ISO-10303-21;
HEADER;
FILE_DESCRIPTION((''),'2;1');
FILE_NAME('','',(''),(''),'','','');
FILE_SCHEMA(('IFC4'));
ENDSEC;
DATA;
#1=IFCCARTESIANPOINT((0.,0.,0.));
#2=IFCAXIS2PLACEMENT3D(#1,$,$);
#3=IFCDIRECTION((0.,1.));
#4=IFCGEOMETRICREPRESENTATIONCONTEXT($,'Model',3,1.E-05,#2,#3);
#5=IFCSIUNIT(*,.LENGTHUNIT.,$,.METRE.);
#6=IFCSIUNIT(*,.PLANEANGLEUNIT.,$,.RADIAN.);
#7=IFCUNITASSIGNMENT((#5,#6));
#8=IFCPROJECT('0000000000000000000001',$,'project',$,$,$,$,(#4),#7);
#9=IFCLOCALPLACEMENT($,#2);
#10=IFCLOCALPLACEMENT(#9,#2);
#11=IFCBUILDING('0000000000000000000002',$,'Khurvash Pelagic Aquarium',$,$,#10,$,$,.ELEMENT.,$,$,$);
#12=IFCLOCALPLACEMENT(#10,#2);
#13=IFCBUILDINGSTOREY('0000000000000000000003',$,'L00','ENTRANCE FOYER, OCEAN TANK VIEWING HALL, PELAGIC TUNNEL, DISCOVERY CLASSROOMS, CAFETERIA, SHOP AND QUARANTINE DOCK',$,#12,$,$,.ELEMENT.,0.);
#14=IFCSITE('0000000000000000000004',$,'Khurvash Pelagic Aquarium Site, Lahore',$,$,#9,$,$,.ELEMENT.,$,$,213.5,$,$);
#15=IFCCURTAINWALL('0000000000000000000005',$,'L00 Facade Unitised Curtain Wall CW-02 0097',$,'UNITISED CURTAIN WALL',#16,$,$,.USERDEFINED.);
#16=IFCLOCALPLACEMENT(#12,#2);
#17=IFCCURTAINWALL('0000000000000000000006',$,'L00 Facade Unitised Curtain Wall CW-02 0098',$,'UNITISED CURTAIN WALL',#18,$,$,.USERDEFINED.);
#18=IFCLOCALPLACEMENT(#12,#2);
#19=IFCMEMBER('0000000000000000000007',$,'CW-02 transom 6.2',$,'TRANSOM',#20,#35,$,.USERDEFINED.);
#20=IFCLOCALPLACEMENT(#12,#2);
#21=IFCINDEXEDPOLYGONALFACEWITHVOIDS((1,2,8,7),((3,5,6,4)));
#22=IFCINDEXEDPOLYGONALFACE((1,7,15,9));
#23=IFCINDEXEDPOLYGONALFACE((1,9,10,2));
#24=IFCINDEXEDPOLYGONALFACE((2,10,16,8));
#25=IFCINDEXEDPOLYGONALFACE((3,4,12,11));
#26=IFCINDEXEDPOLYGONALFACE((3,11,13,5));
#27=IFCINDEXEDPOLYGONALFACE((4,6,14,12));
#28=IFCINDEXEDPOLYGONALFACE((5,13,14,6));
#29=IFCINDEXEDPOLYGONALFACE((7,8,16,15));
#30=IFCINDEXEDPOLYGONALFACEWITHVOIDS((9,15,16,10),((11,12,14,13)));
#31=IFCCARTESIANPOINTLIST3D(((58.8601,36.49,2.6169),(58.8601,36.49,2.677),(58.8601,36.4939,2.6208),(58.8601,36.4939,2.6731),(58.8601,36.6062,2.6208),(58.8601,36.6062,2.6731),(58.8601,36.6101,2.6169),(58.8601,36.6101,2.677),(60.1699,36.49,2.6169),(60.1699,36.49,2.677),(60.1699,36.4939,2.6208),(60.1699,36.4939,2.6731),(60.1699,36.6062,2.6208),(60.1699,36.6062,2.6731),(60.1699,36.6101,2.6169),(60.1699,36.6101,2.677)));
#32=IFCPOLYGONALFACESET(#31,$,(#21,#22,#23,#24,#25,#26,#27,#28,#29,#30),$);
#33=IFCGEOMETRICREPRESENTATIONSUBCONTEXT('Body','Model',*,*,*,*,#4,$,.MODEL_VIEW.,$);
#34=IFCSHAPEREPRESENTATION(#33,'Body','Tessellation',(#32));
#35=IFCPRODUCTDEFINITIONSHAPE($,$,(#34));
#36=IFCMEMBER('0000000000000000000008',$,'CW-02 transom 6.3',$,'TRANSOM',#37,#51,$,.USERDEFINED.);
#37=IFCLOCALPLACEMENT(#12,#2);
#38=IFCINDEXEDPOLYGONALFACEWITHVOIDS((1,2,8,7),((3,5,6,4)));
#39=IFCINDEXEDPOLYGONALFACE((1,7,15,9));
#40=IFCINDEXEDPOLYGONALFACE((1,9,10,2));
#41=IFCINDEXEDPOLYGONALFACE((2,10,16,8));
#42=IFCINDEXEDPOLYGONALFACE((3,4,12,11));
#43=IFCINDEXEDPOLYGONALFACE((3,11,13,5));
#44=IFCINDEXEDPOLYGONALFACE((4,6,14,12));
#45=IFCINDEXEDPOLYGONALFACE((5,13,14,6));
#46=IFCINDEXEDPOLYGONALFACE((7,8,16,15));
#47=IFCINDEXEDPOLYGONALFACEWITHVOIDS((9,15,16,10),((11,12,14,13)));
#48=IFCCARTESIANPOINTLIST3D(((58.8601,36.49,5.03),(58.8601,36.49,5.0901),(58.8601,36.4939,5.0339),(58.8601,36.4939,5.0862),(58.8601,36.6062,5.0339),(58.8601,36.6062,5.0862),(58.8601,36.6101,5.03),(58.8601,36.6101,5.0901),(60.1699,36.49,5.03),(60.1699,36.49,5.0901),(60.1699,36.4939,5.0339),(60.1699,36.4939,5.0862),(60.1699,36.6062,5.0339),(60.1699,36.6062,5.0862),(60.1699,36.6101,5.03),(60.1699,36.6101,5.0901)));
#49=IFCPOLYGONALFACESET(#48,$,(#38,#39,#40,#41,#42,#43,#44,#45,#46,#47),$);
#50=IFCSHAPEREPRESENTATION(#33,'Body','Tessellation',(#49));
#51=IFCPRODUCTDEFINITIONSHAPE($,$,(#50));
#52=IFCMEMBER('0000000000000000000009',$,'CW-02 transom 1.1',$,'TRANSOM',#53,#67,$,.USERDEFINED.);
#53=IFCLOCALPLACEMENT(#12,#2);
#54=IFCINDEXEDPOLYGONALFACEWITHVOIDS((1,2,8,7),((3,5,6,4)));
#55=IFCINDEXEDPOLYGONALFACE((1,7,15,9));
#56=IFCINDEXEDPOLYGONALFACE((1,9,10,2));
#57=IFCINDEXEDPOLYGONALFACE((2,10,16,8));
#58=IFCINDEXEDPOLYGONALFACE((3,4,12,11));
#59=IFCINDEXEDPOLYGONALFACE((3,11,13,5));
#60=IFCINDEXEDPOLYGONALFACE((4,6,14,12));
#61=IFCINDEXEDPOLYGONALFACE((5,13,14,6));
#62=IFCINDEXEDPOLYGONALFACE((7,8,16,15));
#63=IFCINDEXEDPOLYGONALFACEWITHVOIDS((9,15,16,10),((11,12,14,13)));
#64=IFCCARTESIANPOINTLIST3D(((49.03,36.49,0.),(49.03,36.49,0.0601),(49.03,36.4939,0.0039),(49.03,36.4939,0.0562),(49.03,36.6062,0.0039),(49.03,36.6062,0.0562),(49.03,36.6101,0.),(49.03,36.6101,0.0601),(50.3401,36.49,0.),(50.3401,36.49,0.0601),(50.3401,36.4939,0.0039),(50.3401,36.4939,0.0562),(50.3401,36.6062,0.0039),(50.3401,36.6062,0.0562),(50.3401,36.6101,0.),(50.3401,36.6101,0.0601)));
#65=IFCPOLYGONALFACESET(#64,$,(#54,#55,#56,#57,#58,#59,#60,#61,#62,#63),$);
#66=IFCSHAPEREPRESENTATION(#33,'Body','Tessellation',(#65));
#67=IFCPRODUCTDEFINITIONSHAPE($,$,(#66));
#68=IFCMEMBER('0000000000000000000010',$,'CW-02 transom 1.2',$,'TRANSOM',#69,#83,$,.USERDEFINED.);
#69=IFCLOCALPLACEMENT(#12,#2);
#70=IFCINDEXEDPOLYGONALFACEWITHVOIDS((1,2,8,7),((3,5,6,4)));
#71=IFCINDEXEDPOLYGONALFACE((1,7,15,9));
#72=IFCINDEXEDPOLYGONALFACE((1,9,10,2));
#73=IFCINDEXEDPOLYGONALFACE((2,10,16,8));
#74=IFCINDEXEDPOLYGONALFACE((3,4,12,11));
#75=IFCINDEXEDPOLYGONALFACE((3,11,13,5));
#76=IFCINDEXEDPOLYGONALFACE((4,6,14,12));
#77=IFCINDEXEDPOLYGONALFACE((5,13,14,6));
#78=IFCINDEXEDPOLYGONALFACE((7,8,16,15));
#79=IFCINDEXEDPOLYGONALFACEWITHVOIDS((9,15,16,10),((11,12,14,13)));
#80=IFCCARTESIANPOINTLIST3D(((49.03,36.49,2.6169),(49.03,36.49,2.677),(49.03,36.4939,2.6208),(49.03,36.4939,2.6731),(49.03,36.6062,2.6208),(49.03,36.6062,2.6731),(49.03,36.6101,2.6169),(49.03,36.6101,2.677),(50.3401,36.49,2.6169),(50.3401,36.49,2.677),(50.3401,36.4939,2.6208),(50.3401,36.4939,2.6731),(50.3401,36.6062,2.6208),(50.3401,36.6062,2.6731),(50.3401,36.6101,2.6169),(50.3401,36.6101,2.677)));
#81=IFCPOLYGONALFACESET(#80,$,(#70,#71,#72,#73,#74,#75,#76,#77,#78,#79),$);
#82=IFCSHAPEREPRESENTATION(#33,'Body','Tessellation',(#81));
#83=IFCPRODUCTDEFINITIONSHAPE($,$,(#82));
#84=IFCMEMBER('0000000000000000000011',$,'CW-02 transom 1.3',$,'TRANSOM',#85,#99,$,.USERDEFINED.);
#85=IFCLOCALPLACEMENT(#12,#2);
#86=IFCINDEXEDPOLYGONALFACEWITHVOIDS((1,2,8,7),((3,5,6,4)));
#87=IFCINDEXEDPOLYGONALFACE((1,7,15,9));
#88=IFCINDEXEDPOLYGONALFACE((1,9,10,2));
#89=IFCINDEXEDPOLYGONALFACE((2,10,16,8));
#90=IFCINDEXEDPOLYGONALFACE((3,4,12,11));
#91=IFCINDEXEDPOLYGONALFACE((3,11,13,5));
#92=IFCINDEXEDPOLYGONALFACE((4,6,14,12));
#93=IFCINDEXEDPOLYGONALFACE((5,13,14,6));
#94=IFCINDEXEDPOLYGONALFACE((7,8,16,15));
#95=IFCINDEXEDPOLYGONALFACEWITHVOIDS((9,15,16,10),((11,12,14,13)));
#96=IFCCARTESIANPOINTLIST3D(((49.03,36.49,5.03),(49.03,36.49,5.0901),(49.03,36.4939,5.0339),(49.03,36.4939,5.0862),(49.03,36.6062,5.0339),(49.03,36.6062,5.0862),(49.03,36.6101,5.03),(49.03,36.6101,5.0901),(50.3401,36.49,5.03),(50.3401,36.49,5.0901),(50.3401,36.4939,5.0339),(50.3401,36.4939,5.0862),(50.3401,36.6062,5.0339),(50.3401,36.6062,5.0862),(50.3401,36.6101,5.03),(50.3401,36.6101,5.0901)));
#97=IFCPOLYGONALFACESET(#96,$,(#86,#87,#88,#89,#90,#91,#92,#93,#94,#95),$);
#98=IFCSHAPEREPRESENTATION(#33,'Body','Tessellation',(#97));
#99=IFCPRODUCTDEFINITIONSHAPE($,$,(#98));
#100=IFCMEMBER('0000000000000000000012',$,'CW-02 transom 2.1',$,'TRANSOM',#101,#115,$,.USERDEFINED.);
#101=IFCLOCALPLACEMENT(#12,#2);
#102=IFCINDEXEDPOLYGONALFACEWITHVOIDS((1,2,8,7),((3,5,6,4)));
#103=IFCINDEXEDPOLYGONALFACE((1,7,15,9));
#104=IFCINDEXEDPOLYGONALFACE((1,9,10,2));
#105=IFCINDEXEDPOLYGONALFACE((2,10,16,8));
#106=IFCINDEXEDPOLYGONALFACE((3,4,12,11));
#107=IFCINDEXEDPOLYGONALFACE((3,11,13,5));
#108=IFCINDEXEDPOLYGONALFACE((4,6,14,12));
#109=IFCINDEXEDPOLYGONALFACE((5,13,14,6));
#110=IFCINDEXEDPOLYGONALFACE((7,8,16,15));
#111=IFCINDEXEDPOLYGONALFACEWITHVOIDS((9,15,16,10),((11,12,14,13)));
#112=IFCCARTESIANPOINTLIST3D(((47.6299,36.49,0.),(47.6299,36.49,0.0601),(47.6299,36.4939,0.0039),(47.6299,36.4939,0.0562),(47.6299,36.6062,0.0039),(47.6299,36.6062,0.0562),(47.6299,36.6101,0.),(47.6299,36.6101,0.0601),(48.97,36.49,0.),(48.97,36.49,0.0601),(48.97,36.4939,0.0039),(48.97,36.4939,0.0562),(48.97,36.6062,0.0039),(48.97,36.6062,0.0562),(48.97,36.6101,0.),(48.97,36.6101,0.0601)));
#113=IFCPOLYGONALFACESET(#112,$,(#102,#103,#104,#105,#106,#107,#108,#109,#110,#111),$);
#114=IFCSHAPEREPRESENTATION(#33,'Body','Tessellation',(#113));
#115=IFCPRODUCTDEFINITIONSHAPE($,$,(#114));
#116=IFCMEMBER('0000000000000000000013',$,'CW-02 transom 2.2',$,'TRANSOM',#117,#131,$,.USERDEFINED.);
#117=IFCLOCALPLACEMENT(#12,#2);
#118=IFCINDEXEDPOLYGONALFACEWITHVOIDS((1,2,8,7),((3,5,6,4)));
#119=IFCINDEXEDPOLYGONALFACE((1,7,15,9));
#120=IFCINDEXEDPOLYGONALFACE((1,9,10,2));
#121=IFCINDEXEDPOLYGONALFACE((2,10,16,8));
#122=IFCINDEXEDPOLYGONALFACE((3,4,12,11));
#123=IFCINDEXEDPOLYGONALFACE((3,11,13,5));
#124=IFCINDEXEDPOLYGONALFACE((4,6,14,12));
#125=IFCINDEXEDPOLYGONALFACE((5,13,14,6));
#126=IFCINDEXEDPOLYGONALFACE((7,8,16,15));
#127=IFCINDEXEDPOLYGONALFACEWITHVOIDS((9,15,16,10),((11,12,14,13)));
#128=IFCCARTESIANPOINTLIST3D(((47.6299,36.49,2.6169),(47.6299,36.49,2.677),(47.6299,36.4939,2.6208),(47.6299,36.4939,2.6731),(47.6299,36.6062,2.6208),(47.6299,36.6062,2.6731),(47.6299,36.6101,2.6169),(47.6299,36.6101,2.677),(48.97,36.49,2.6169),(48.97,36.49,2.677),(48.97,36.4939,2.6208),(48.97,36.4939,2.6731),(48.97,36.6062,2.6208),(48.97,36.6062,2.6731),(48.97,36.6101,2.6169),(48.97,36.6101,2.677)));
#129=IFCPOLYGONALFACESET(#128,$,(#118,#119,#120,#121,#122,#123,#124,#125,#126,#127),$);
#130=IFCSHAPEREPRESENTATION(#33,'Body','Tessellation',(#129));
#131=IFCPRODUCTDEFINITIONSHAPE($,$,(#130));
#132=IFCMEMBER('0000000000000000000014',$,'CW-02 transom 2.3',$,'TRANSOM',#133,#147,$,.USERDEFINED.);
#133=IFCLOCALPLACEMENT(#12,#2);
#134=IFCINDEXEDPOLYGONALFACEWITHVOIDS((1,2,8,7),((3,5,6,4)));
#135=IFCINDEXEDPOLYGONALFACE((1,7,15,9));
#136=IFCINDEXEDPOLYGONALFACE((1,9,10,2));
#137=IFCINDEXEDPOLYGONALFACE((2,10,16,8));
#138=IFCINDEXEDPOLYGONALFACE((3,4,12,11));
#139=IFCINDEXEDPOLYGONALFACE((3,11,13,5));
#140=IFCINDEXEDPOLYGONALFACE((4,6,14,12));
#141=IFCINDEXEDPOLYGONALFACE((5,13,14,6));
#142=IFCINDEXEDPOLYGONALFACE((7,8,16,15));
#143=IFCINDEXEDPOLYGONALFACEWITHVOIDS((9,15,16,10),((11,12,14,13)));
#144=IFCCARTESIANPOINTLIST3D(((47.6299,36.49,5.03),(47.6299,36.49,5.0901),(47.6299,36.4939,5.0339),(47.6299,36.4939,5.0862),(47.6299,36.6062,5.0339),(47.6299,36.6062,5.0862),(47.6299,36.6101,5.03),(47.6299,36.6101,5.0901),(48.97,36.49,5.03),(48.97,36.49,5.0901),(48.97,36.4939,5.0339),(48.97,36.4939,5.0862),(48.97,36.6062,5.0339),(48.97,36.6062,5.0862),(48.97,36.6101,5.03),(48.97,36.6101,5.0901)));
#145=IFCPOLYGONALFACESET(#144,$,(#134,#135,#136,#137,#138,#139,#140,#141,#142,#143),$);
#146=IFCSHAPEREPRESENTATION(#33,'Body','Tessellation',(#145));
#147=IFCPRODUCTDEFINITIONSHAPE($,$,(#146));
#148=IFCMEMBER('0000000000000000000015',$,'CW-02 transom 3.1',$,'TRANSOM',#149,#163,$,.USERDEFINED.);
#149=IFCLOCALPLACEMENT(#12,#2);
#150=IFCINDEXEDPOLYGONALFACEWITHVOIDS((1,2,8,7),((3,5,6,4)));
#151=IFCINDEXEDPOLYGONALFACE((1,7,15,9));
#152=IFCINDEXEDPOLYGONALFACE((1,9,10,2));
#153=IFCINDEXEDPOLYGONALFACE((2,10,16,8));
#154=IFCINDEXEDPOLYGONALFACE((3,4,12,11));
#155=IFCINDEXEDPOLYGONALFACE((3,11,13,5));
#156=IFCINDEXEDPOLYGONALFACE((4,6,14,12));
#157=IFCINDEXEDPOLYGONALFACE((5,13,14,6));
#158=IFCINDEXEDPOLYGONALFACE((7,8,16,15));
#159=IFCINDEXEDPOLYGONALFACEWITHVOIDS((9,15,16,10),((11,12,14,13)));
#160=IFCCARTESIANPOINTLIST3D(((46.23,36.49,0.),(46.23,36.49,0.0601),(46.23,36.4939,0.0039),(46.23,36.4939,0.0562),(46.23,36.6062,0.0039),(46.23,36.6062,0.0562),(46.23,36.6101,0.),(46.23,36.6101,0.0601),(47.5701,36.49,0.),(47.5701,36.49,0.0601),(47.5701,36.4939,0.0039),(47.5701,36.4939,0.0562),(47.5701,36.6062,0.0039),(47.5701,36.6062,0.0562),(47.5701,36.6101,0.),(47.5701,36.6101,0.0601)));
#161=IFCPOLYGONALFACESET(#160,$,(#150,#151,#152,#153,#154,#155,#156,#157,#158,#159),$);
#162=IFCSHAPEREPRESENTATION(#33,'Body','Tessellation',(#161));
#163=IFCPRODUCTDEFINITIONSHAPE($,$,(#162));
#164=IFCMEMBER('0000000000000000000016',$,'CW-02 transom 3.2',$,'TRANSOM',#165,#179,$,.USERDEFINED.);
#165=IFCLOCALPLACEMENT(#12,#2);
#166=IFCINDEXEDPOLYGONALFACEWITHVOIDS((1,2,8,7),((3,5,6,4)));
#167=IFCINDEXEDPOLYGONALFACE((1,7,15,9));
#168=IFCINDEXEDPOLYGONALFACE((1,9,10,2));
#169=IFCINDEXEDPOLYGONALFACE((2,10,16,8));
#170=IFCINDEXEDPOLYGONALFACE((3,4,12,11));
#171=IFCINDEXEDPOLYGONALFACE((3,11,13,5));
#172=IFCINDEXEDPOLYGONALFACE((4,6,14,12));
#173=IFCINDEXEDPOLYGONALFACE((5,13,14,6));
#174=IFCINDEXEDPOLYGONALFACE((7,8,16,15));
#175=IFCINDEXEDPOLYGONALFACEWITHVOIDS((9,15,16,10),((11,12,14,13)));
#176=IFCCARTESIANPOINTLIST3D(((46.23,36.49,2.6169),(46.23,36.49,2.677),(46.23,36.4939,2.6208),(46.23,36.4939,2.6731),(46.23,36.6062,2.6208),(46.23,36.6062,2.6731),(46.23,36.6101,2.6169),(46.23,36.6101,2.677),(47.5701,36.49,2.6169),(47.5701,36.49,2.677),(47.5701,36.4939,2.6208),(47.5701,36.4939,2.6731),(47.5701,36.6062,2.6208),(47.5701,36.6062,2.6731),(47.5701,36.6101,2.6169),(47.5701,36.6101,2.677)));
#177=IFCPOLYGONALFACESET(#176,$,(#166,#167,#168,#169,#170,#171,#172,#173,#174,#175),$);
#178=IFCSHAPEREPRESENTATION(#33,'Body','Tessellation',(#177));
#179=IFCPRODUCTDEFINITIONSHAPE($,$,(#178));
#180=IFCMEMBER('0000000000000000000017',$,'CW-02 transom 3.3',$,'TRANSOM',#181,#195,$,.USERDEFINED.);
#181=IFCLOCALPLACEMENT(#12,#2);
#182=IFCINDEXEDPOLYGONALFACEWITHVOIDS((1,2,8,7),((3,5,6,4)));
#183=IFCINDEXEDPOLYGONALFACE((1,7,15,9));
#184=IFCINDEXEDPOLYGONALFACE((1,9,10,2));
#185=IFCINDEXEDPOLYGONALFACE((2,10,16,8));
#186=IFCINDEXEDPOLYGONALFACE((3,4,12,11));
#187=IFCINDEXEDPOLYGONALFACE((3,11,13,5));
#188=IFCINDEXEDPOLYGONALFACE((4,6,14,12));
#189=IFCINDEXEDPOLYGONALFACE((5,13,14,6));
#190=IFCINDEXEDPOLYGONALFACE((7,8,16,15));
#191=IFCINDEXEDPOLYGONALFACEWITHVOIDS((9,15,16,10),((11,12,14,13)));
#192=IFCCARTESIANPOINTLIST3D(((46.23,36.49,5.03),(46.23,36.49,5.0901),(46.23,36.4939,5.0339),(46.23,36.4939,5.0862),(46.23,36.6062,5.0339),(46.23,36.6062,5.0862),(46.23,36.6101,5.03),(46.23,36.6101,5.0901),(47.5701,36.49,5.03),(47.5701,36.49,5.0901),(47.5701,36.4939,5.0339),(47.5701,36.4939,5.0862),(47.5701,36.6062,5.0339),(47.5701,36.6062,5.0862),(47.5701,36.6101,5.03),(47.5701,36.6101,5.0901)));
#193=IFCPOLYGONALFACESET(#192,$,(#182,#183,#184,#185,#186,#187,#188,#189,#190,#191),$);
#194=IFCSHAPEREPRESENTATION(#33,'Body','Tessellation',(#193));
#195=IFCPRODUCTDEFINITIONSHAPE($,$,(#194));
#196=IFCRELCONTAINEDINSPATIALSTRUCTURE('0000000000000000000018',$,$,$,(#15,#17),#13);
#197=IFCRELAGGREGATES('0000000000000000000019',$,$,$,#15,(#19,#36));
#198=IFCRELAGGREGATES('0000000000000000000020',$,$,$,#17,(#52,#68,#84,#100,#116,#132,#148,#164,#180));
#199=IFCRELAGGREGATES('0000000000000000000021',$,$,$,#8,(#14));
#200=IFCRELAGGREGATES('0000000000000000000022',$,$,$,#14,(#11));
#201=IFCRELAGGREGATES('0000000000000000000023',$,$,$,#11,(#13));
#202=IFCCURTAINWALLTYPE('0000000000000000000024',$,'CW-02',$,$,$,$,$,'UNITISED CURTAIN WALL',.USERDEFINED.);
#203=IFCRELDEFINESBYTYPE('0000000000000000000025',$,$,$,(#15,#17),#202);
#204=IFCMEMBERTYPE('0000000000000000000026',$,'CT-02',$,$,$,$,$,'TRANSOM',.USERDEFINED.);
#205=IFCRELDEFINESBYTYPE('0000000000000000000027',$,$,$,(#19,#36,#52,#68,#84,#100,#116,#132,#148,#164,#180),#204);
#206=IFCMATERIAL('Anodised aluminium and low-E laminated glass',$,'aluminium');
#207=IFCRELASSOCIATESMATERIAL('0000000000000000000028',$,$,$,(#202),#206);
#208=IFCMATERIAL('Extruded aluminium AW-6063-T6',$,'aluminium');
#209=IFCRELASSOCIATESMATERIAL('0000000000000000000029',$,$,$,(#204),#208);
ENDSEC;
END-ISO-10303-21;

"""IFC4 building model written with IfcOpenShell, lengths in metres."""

from ifc_helpers import new_model, si_unit, direction, frame, origin, origin_2d, place, context, subcontext, project, spatial, hollow_rectangle, extrude, material, material_profile, profile_set, type_object, element, aggregate, save


model = new_model("IFC4")

# Units and contexts
model_context = context("Model", 3, precision=1e-05, world=origin(), true_north=direction((0.0, 1.0)))
body_context = subcontext(model_context, "Body", "Model", "MODEL_VIEW")
ifc_project = project(units=[si_unit("LENGTHUNIT", "METRE"), si_unit("PLANEANGLEUNIT", "RADIAN")], contexts=[model_context])

# Site, building, storey
site_placement = place(None, origin())
site = spatial("IfcSite", under=ifc_project, at=site_placement, Name="Khurvash Pelagic Aquarium Site, Lahore", CompositionType="ELEMENT", RefElevation=213.5)
building_placement = place(site_placement, origin())
building = spatial("IfcBuilding", under=site, at=building_placement, Name="Khurvash Pelagic Aquarium", CompositionType="ELEMENT")
storey_placement = place(building_placement, origin())
storey = spatial("IfcBuildingStorey", under=building, at=storey_placement, Name="L00", Description="ENTRANCE FOYER, OCEAN TANK VIEWING HALL, PELAGIC TUNNEL, DISCOVERY CLASSROOMS, CAFETERIA, SHOP AND QUARANTINE DOCK", CompositionType="ELEMENT", Elevation=0.0)

# Curtain walls
ifc_material_1 = material(Name="Anodised aluminium and low-E laminated glass", Category="aluminium")
curtain_wall_type = type_object("IfcCurtainWallType", Name="CW-02", ElementType="UNITISED CURTAIN WALL", PredefinedType="USERDEFINED", material=ifc_material_1)
curtain_wall_1_placement = place(storey_placement, origin())
curtain_wall_1 = element("IfcCurtainWall", 1, at=curtain_wall_1_placement, inside=storey, type_object=curtain_wall_type, Name="L00 Facade Unitised Curtain Wall CW-02 0097", ObjectType="UNITISED CURTAIN WALL", PredefinedType="USERDEFINED")
ifc_material_2 = material(Name="Extruded aluminium AW-6063-T6", Category="aluminium")
curtain_wall_2_placement = place(storey_placement, origin())
curtain_wall_2 = element("IfcCurtainWall", 2, at=curtain_wall_2_placement, inside=storey, type_object=curtain_wall_type, Name="L00 Facade Unitised Curtain Wall CW-02 0098", ObjectType="UNITISED CURTAIN WALL", PredefinedType="USERDEFINED")

# Members
ifc_material_profile_1 = material_profile(ifc_material_2, hollow_rectangle(XDim=0.1201, YDim=0.0601, WallThickness=0.0039, at=origin_2d()), Name="CWT120X60X4")
ifc_profile_set_1 = profile_set([ifc_material_profile_1], Name="Extruded aluminium AW-6063-T6")
member_type_1 = type_object("IfcMemberType", Name="CT-02", ElementType="TRANSOM", PredefinedType="USERDEFINED", material=ifc_profile_set_1)
member_1_placement = place(storey_placement, frame((60.1699, 36.55, 2.647), z_axis=(-1.0, 0.0, 0.0), x_axis=(0.0, -1.0, 0.0)))
member_1 = element("IfcMember", 3, at=member_1_placement, type_object=member_type_1, Name="CW-02 transom 6.2", ObjectType="TRANSOM", PredefinedType="USERDEFINED", context=body_context, shape_type="SweptSolid", body=[
    extrude(hollow_rectangle(XDim=0.1201, YDim=0.0601, WallThickness=0.0039, at=origin_2d()), origin(), (0.0, 0.0, 1.0), 1.3098),
])
member_2_placement = place(storey_placement, frame((60.1699, 36.55, 5.0601), z_axis=(-1.0, 0.0, 0.0), x_axis=(0.0, -1.0, 0.0)))
member_2 = element("IfcMember", 4, at=member_2_placement, type_object=member_type_1, Name="CW-02 transom 6.3", ObjectType="TRANSOM", PredefinedType="USERDEFINED", context=body_context, shape_type="SweptSolid", body=[
    extrude(hollow_rectangle(XDim=0.1201, YDim=0.0601, WallThickness=0.0039, at=origin_2d()), origin(), (0.0, 0.0, 1.0), 1.3098),
])
member_3_placement = place(storey_placement, frame((50.3401, 36.55, 0.03), z_axis=(-1.0, 0.0, 0.0), x_axis=(0.0, -1.0, 0.0)))
member_3 = element("IfcMember", 5, at=member_3_placement, type_object=member_type_1, Name="CW-02 transom 1.1", ObjectType="TRANSOM", PredefinedType="USERDEFINED", context=body_context, shape_type="SweptSolid", body=[
    extrude(hollow_rectangle(XDim=0.1201, YDim=0.0601, WallThickness=0.0039, at=origin_2d()), origin(), (0.0, 0.0, 1.0), 1.3101),
])
member_4_placement = place(storey_placement, frame((50.3401, 36.55, 2.647), z_axis=(-1.0, 0.0, 0.0), x_axis=(0.0, -1.0, 0.0)))
member_4 = element("IfcMember", 6, at=member_4_placement, type_object=member_type_1, Name="CW-02 transom 1.2", ObjectType="TRANSOM", PredefinedType="USERDEFINED", context=body_context, shape_type="SweptSolid", body=[
    extrude(hollow_rectangle(XDim=0.1201, YDim=0.0601, WallThickness=0.0039, at=origin_2d()), origin(), (0.0, 0.0, 1.0), 1.3101),
])
member_5_placement = place(storey_placement, frame((50.3401, 36.55, 5.0601), z_axis=(-1.0, 0.0, 0.0), x_axis=(0.0, -1.0, 0.0)))
member_5 = element("IfcMember", 7, at=member_5_placement, type_object=member_type_1, Name="CW-02 transom 1.3", ObjectType="TRANSOM", PredefinedType="USERDEFINED", context=body_context, shape_type="SweptSolid", body=[
    extrude(hollow_rectangle(XDim=0.1201, YDim=0.0601, WallThickness=0.0039, at=origin_2d()), origin(), (0.0, 0.0, 1.0), 1.3101),
])
member_6_placement = place(storey_placement, frame((48.97, 36.55, 0.03), z_axis=(-1.0, 0.0, 0.0), x_axis=(0.0, -1.0, 0.0)))
member_6 = element("IfcMember", 8, at=member_6_placement, type_object=member_type_1, Name="CW-02 transom 2.1", ObjectType="TRANSOM", PredefinedType="USERDEFINED", context=body_context, shape_type="SweptSolid", body=[
    extrude(hollow_rectangle(XDim=0.1201, YDim=0.0601, WallThickness=0.0039, at=origin_2d()), origin(), (0.0, 0.0, 1.0), 1.3401),
])
member_7_placement = place(storey_placement, frame((48.97, 36.55, 2.647), z_axis=(-1.0, 0.0, 0.0), x_axis=(0.0, -1.0, 0.0)))
member_7 = element("IfcMember", 9, at=member_7_placement, type_object=member_type_1, Name="CW-02 transom 2.2", ObjectType="TRANSOM", PredefinedType="USERDEFINED", context=body_context, shape_type="SweptSolid", body=[
    extrude(hollow_rectangle(XDim=0.1201, YDim=0.0601, WallThickness=0.0039, at=origin_2d()), origin(), (0.0, 0.0, 1.0), 1.3401),
])
member_8_placement = place(storey_placement, frame((48.97, 36.55, 5.0601), z_axis=(-1.0, 0.0, 0.0), x_axis=(0.0, -1.0, 0.0)))
member_8 = element("IfcMember", 10, at=member_8_placement, type_object=member_type_1, Name="CW-02 transom 2.3", ObjectType="TRANSOM", PredefinedType="USERDEFINED", context=body_context, shape_type="SweptSolid", body=[
    extrude(hollow_rectangle(XDim=0.1201, YDim=0.0601, WallThickness=0.0039, at=origin_2d()), origin(), (0.0, 0.0, 1.0), 1.3401),
])
member_9_placement = place(storey_placement, frame((47.5701, 36.55, 0.03), z_axis=(-1.0, 0.0, 0.0), x_axis=(0.0, -1.0, 0.0)))
member_9 = element("IfcMember", 11, at=member_9_placement, type_object=member_type_1, Name="CW-02 transom 3.1", ObjectType="TRANSOM", PredefinedType="USERDEFINED", context=body_context, shape_type="SweptSolid", body=[
    extrude(hollow_rectangle(XDim=0.1201, YDim=0.0601, WallThickness=0.0039, at=origin_2d()), origin(), (0.0, 0.0, 1.0), 1.3401),
])
member_10_placement = place(storey_placement, frame((47.5701, 36.55, 2.647), z_axis=(-1.0, 0.0, 0.0), x_axis=(0.0, -1.0, 0.0)))
member_10 = element("IfcMember", 12, at=member_10_placement, type_object=member_type_1, Name="CW-02 transom 3.2", ObjectType="TRANSOM", PredefinedType="USERDEFINED", context=body_context, shape_type="SweptSolid", body=[
    extrude(hollow_rectangle(XDim=0.1201, YDim=0.0601, WallThickness=0.0039, at=origin_2d()), origin(), (0.0, 0.0, 1.0), 1.3401),
])
member_11_placement = place(storey_placement, frame((47.5701, 36.55, 5.0601), z_axis=(-1.0, 0.0, 0.0), x_axis=(0.0, -1.0, 0.0)))
member_11 = element("IfcMember", 13, at=member_11_placement, type_object=member_type_1, Name="CW-02 transom 3.3", ObjectType="TRANSOM", PredefinedType="USERDEFINED", context=body_context, shape_type="SweptSolid", body=[
    extrude(hollow_rectangle(XDim=0.1201, YDim=0.0601, WallThickness=0.0039, at=origin_2d()), origin(), (0.0, 0.0, 1.0), 1.3401),
])

aggregate(curtain_wall_1, [member_1, member_2])
aggregate(curtain_wall_2, [member_3, member_4, member_5, member_6, member_7, member_8, member_9, member_10, member_11])

save(model, "model.ifc")
